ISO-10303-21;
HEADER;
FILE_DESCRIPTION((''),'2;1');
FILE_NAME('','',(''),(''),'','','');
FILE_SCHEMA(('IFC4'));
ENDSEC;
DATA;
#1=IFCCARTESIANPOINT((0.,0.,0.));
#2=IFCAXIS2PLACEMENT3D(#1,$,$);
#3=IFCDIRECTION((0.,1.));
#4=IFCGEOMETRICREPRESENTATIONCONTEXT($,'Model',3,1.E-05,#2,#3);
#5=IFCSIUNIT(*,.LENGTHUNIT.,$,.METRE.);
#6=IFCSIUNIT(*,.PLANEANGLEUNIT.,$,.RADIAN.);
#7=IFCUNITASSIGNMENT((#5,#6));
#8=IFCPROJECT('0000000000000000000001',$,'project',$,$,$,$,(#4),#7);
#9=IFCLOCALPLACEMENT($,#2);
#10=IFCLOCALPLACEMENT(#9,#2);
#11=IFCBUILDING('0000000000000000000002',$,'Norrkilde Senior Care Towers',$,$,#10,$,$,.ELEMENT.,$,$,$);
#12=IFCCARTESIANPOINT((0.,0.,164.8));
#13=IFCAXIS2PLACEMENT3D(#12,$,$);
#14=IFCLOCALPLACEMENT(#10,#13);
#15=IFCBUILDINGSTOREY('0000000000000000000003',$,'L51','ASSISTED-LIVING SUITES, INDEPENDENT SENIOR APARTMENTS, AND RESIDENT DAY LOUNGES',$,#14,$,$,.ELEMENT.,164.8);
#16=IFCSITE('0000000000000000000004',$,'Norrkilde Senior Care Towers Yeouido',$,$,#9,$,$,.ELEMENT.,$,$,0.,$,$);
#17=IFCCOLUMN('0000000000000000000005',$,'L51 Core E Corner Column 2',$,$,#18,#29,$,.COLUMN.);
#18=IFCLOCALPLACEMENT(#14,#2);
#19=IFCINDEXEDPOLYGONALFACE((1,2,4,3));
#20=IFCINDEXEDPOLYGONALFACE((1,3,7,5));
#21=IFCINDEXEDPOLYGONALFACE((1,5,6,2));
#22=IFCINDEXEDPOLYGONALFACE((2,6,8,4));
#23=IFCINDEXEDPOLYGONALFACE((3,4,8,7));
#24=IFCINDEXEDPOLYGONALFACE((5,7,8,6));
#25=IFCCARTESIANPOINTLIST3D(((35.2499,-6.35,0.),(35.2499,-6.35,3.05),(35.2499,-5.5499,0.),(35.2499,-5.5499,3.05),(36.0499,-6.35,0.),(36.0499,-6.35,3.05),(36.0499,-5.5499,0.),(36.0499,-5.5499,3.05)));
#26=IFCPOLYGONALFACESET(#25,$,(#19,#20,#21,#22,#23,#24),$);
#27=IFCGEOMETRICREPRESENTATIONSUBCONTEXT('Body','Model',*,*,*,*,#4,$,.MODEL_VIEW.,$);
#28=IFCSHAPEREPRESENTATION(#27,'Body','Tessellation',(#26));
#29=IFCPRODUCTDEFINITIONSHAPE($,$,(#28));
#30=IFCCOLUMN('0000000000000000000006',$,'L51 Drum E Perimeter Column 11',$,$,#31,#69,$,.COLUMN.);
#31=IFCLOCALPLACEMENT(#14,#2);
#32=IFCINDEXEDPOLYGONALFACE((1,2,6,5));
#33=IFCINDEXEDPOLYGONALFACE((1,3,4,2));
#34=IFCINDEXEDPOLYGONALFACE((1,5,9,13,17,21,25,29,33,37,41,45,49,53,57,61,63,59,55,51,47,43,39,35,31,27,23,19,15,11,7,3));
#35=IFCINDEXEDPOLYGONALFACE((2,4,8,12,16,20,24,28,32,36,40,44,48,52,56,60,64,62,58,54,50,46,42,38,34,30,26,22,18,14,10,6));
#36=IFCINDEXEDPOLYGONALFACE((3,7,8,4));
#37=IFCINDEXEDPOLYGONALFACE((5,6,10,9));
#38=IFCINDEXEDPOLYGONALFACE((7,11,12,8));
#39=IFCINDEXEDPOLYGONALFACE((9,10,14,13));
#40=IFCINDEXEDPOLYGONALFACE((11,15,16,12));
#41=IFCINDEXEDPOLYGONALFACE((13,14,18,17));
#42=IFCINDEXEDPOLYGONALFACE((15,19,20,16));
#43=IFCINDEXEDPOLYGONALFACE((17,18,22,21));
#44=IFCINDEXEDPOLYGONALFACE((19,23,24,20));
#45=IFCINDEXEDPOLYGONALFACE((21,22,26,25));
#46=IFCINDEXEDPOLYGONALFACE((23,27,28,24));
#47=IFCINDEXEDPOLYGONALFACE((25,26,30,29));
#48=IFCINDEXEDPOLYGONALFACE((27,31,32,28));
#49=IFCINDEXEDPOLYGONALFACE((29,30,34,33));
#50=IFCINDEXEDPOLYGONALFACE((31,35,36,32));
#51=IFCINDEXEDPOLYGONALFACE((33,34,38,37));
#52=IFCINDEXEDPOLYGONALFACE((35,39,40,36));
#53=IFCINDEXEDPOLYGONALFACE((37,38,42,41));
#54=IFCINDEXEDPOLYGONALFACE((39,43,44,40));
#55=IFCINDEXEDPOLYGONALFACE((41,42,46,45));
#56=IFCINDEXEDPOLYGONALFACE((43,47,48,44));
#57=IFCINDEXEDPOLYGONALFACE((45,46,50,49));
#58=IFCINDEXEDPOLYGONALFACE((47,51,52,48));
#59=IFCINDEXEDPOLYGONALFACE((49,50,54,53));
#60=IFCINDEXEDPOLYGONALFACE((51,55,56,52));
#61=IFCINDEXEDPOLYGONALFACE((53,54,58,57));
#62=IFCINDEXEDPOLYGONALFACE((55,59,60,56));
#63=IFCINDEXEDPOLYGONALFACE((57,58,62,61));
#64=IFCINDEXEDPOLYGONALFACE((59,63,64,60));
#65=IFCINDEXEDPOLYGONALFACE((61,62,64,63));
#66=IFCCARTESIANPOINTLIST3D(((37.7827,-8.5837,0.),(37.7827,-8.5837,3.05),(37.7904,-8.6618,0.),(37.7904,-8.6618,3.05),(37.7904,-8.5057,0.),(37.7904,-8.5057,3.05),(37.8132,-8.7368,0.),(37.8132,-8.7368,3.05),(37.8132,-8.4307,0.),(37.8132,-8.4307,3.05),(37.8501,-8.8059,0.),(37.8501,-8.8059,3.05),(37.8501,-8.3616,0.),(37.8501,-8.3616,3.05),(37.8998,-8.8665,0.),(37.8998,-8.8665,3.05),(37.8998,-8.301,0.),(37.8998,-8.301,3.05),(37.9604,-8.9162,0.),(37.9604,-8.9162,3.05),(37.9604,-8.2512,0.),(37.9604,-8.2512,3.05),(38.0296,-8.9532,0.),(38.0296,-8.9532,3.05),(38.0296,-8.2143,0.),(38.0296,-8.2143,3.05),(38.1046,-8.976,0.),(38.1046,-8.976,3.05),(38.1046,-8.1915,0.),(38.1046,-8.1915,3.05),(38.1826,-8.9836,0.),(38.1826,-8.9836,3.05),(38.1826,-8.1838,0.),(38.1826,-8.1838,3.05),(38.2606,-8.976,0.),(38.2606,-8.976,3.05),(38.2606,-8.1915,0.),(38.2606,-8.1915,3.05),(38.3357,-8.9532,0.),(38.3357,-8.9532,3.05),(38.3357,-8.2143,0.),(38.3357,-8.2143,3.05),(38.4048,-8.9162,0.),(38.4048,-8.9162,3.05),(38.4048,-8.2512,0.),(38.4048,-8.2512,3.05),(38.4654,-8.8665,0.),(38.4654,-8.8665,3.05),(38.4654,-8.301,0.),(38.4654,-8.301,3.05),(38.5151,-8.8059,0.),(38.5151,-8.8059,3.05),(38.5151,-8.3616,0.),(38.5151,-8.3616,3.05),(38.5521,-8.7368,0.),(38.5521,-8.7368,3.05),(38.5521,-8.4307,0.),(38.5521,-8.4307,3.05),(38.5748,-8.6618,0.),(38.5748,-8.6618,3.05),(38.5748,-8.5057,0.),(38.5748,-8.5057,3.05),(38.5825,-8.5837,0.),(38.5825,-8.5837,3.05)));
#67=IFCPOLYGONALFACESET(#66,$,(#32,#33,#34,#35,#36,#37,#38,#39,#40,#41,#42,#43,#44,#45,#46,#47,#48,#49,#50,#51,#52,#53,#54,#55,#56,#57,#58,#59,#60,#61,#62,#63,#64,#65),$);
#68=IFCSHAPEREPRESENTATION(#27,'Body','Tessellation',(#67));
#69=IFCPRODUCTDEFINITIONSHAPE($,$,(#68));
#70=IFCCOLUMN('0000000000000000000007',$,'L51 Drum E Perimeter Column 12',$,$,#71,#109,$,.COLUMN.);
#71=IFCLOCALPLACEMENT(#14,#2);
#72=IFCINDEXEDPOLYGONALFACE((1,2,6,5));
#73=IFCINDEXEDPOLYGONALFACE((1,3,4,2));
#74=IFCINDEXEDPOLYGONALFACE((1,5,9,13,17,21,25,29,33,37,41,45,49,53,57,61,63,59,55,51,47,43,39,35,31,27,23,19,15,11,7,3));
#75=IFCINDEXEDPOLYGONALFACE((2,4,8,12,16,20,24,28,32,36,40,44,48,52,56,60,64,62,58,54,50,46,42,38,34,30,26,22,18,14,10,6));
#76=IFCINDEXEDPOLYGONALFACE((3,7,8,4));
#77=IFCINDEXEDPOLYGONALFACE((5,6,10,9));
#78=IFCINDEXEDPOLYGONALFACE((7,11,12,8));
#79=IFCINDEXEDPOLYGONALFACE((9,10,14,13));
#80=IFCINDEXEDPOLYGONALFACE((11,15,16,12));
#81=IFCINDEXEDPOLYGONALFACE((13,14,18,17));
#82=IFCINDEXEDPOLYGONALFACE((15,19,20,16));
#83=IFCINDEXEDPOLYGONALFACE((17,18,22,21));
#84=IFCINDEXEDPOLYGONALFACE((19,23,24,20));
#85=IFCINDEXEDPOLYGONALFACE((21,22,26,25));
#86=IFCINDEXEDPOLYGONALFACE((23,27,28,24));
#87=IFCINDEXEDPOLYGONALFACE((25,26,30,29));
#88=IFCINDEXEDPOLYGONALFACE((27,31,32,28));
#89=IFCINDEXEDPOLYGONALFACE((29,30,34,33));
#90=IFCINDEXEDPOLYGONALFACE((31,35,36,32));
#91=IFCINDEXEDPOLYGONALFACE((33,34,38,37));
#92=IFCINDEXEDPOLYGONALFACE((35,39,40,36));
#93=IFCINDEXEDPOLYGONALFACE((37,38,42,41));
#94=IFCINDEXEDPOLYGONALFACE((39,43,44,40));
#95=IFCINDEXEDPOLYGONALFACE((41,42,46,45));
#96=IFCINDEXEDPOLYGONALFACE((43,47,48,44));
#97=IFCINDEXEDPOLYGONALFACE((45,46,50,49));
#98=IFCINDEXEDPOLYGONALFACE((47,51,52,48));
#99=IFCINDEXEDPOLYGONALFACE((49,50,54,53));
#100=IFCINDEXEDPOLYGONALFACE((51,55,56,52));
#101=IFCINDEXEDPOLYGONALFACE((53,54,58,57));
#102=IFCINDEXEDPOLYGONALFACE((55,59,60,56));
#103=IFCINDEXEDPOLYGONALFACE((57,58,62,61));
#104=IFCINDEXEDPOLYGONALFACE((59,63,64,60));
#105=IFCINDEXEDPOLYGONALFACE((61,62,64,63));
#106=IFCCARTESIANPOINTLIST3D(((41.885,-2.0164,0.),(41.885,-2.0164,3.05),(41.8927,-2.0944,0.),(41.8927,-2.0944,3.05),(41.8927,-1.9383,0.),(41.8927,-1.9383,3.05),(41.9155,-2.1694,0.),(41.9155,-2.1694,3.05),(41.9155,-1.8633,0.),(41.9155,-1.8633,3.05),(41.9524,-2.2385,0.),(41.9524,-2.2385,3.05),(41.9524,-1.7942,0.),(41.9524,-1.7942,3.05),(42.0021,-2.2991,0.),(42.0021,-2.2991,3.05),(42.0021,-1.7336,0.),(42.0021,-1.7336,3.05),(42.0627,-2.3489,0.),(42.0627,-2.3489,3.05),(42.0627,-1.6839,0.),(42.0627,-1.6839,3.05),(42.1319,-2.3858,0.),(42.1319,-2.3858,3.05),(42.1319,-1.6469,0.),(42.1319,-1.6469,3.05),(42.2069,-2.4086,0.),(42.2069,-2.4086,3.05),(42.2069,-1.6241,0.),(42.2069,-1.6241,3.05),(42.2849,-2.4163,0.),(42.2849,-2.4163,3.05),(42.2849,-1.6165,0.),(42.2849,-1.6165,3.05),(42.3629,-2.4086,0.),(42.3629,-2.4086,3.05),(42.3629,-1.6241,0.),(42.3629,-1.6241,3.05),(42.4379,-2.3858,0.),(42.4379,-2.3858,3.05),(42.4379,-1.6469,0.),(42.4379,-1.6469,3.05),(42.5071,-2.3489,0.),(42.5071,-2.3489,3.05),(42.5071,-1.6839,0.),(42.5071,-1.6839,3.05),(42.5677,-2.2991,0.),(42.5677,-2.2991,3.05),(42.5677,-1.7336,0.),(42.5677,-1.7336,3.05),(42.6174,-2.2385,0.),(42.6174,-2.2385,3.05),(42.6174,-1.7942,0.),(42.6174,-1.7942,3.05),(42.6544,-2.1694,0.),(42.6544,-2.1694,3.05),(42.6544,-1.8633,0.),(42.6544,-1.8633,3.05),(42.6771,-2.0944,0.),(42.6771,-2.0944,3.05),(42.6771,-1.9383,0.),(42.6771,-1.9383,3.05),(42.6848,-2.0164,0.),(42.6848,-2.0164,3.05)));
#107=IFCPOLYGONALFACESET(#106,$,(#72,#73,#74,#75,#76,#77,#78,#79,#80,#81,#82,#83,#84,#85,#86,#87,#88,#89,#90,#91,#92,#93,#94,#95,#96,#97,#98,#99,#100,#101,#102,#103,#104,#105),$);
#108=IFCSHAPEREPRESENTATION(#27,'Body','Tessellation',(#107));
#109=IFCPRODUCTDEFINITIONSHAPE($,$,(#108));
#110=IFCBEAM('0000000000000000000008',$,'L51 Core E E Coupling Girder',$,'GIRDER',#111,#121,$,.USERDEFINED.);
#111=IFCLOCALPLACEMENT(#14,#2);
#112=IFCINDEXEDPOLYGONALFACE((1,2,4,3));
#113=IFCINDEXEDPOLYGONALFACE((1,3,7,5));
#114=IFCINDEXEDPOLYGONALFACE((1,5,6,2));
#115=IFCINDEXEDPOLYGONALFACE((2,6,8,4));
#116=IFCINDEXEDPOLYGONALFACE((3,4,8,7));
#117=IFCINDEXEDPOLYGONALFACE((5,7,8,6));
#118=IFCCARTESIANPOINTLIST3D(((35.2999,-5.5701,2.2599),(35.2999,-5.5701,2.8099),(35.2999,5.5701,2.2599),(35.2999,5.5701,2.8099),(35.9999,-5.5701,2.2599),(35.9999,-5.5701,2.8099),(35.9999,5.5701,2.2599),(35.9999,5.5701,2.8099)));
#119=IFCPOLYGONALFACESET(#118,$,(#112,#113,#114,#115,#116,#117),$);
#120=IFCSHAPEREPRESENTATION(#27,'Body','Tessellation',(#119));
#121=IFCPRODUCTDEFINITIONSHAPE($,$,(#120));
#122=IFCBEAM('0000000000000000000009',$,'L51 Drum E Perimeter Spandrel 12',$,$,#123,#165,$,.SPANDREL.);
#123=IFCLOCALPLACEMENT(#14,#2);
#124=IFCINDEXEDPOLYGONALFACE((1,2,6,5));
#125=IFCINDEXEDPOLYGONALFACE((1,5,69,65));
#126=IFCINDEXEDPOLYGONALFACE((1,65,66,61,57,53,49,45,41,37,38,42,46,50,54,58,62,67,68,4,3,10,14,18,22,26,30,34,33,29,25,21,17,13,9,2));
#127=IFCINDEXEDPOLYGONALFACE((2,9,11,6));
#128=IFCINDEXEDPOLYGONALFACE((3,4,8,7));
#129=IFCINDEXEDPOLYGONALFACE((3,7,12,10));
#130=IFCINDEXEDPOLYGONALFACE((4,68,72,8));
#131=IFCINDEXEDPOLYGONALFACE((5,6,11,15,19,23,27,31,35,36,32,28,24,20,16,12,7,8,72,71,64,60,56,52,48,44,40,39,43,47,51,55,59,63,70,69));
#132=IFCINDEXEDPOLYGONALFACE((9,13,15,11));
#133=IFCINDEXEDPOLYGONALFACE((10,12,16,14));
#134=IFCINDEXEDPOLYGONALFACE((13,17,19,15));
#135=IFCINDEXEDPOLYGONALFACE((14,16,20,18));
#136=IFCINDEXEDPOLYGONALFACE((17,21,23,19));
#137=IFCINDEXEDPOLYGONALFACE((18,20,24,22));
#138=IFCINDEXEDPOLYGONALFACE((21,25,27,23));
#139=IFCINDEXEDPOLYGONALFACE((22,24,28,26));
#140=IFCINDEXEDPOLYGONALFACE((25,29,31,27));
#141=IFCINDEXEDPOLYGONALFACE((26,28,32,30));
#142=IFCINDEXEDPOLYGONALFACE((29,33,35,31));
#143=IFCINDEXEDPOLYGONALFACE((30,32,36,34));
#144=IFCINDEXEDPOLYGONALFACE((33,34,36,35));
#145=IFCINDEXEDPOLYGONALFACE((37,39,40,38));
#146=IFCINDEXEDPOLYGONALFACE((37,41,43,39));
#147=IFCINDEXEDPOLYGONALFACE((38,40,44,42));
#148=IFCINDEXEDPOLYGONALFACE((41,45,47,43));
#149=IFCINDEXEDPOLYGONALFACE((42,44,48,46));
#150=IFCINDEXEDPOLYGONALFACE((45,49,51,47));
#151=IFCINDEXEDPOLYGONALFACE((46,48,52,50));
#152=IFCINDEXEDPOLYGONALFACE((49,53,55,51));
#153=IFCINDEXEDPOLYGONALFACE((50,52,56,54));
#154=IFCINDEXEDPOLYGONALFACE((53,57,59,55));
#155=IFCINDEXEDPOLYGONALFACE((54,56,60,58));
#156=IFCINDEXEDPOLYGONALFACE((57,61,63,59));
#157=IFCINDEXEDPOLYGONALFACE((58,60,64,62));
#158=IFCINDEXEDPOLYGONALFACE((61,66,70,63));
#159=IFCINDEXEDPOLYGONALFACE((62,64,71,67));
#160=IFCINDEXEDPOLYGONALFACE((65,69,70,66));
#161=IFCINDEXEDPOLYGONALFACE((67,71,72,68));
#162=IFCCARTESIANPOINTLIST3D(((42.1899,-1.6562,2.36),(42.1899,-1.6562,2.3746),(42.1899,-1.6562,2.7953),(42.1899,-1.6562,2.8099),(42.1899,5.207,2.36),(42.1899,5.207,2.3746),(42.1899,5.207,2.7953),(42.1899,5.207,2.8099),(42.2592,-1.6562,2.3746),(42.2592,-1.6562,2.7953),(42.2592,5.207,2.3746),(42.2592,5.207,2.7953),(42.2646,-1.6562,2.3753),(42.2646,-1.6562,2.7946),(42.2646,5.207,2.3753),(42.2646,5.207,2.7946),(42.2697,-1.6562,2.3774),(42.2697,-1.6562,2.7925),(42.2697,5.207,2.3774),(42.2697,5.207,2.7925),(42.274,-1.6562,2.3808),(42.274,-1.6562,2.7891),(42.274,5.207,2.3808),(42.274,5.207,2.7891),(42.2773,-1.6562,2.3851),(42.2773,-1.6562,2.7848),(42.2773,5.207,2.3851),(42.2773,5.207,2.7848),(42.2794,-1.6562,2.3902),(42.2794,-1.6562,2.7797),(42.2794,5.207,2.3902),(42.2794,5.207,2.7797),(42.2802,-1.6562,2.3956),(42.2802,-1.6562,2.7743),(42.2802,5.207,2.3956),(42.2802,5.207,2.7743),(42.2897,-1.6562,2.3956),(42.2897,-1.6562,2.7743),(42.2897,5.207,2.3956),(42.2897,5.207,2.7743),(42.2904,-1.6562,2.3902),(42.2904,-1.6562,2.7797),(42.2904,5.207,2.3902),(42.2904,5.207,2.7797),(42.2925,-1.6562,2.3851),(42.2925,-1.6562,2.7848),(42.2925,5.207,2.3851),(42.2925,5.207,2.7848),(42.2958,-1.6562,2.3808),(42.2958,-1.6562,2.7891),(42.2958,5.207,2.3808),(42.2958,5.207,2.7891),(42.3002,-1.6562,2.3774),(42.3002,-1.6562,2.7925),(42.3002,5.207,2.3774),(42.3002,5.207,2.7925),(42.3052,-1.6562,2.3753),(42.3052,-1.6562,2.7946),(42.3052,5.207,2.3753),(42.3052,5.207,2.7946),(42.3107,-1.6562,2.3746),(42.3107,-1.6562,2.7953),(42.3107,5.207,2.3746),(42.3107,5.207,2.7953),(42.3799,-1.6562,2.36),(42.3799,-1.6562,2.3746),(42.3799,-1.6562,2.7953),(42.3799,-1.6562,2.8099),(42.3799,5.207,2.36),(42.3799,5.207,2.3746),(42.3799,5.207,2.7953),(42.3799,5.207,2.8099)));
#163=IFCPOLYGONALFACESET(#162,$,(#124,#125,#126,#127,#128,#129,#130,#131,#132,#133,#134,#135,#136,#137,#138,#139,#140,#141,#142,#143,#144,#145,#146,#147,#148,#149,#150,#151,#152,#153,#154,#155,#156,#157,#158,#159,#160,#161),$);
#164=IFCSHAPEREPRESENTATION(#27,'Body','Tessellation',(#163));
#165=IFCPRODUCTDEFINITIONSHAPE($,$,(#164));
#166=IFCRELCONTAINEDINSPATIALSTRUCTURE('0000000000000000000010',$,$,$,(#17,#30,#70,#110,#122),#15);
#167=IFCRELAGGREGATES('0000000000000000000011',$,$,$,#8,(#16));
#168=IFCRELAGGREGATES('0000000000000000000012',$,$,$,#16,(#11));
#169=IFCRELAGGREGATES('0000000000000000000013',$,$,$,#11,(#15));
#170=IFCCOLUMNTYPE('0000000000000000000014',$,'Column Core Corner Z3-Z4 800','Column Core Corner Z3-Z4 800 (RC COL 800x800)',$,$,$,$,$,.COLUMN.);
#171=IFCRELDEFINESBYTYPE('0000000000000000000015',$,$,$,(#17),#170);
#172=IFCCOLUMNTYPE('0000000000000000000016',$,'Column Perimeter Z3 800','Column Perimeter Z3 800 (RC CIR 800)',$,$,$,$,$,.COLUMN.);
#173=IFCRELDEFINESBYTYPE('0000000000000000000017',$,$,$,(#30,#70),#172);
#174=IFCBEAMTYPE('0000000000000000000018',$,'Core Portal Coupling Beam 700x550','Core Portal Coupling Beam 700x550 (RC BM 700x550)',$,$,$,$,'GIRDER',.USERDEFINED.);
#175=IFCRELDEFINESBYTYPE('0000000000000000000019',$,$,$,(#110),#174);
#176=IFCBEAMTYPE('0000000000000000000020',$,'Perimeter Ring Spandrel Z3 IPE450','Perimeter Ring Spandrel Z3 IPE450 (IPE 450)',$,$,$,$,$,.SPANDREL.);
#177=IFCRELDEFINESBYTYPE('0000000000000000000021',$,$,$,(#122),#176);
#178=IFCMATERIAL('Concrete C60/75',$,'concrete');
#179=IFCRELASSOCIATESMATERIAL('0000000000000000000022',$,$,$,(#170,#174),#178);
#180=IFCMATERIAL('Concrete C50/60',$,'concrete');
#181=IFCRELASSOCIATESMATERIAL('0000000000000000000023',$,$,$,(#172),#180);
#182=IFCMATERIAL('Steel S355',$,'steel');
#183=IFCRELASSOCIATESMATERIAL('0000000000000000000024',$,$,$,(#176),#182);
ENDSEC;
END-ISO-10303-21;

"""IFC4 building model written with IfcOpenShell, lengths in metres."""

from ifc_helpers import new_model, si_unit, direction, frame, origin, origin_2d, place, context, subcontext, project, spatial, rectangle, circle, i_section, extrude, source, transform, mapped, material, material_profile, profile_set, type_object, type_shapes, element, save


model = new_model("IFC4")

# Units and contexts
model_context = context("Model", 3, precision=1e-05, world=origin(), true_north=direction((0.0, 1.0)))
body_context = subcontext(model_context, "Body", "Model", "MODEL_VIEW")
ifc_project = project(units=[si_unit("LENGTHUNIT", "METRE"), si_unit("PLANEANGLEUNIT", "RADIAN")], contexts=[model_context])

# Site, building, storey
site_placement = place(None, origin())
site = spatial("IfcSite", under=ifc_project, at=site_placement, Name="Norrkilde Senior Care Towers Yeouido", CompositionType="ELEMENT", RefElevation=0.0)
building_placement = place(site_placement, origin())
building = spatial("IfcBuilding", under=site, at=building_placement, Name="Norrkilde Senior Care Towers", CompositionType="ELEMENT")
storey_placement = place(building_placement, frame((0.0, 0.0, 164.8)))
storey = spatial("IfcBuildingStorey", under=building, at=storey_placement, Name="L51", Description="ASSISTED-LIVING SUITES, INDEPENDENT SENIOR APARTMENTS, AND RESIDENT DAY LOUNGES", CompositionType="ELEMENT", Elevation=164.8)

# Columns
ifc_material_1 = material(Name="Concrete C60/75", Category="concrete")
ifc_material_profile_1 = material_profile(ifc_material_1, rectangle(XDim=0.8, YDim=0.8, at=origin_2d()), Name="RC COL 800x800")
ifc_profile_set_1 = profile_set([ifc_material_profile_1], Name="Concrete C60/75")
column_type_1 = type_object("IfcColumnType", Name="Column Core Corner Z3-Z4 800", Description="Column Core Corner Z3-Z4 800 (RC COL 800x800)", PredefinedType="COLUMN", material=ifc_profile_set_1)
shared_shape_1 = source(origin(), body_context, "Body", "SweptSolid", [
    extrude(rectangle(XDim=0.8, YDim=0.8, at=origin_2d()), origin(), (0.0, 0.0, 1.0), 3.05),
])
type_shapes(column_type_1, [shared_shape_1])
column_placement = place(storey_placement, frame((35.6499, -5.95, 0.0), z_axis=(0.0, 0.0, 1.0), x_axis=(1.0, 0.0, 0.0)))
element("IfcColumn", 1, at=column_placement, inside=storey, type_object=column_type_1, Name="L51 Core E Corner Column 2", PredefinedType="COLUMN", context=body_context, shape_type="MappedRepresentation", body=[
    mapped(shared_shape_1, transform((0.0, 0.0, 0.0), x_axis=(1.0, 0.0, 0.0), y_axis=(0.0, 1.0, 0.0), z_axis=(0.0, 0.0, 1.0), scale=1.0)),
])
ifc_material_2 = material(Name="Concrete C50/60", Category="concrete")
ifc_material_profile_2 = material_profile(ifc_material_2, circle(Radius=0.3999, at=origin_2d()), Name="RC CIR 800")
ifc_profile_set_2 = profile_set([ifc_material_profile_2], Name="Concrete C50/60")
column_type_2 = type_object("IfcColumnType", Name="Column Perimeter Z3 800", Description="Column Perimeter Z3 800 (RC CIR 800)", PredefinedType="COLUMN", material=ifc_profile_set_2)
shared_shape_2 = source(origin(), body_context, "Body", "SweptSolid", [
    extrude(circle(Radius=0.3999, at=origin_2d()), origin(), (0.0, 0.0, 1.0), 3.05),
])
type_shapes(column_type_2, [shared_shape_2])
for number, where, z_axis, x_axis, name in (
    (2, (38.1826, -8.5837, 0.0), (0.0, 0.0, 1.0), (1.0, 0.0, 0.0), "L51 Drum E Perimeter Column 11"),
    (3, (42.2849, -2.0164, 0.0), (0.0, 0.0, 1.0), (1.0, 0.0, 0.0), "L51 Drum E Perimeter Column 12"),
):
    element("IfcColumn", number, at=place(storey_placement, frame(where, z_axis=z_axis, x_axis=x_axis)), inside=storey, type_object=column_type_2, Name=name, PredefinedType="COLUMN", context=body_context, shape_type="MappedRepresentation", body=[
        mapped(shared_shape_2, transform((0.0, 0.0, 0.0), x_axis=(1.0, 0.0, 0.0), y_axis=(0.0, 1.0, 0.0), z_axis=(0.0, 0.0, 1.0), scale=1.0)),
    ])

# Beams
ifc_material_profile_3 = material_profile(ifc_material_1, rectangle(XDim=0.7, YDim=0.55, at=origin_2d()), Name="RC BM 700x550")
ifc_profile_set_3 = profile_set([ifc_material_profile_3], Name="Concrete C60/75")
beam_type_1 = type_object("IfcBeamType", Name="Core Portal Coupling Beam 700x550", Description="Core Portal Coupling Beam 700x550 (RC BM 700x550)", ElementType="GIRDER", PredefinedType="USERDEFINED", material=ifc_profile_set_3)
shared_shape_3 = source(origin(), body_context, "Body", "SweptSolid", [
    extrude(rectangle(XDim=0.7, YDim=0.55, at=origin_2d()), origin(), (0.0, 0.0, 1.0), 11.1401),
])
type_shapes(beam_type_1, [shared_shape_3])
beam_1_placement = place(storey_placement, frame((35.6499, -5.5701, 2.5349), z_axis=(0.0, 1.0, 0.0), x_axis=(-1.0, 0.0, 0.0)))
element("IfcBeam", 4, at=beam_1_placement, inside=storey, type_object=beam_type_1, Name="L51 Core E E Coupling Girder", ObjectType="GIRDER", PredefinedType="USERDEFINED", context=body_context, shape_type="MappedRepresentation", body=[
    mapped(shared_shape_3, transform((0.0, 0.0, 0.0), x_axis=(1.0, 0.0, 0.0), y_axis=(0.0, 1.0, 0.0), z_axis=(0.0, 0.0, 1.0), scale=1.0)),
])
ifc_material_3 = material(Name="Steel S355", Category="steel")
ifc_material_profile_4 = material_profile(ifc_material_3, i_section(OverallWidth=0.1899, OverallDepth=0.45, WebThickness=0.0095, FlangeThickness=0.0146, FilletRadius=0.021, at=origin_2d()), Name="IPE 450")
ifc_profile_set_4 = profile_set([ifc_material_profile_4], Name="Steel S355")
beam_type_2 = type_object("IfcBeamType", Name="Perimeter Ring Spandrel Z3 IPE450", Description="Perimeter Ring Spandrel Z3 IPE450 (IPE 450)", PredefinedType="SPANDREL", material=ifc_profile_set_4)
shared_shape_4 = source(origin(), body_context, "Body", "SweptSolid", [
    extrude(i_section(OverallWidth=0.1899, OverallDepth=0.45, WebThickness=0.0095, FlangeThickness=0.0146, FilletRadius=0.021, at=origin_2d()), origin(), (0.0, 0.0, 1.0), 6.8633),
])
beam_2_placement = place(storey_placement, frame((42.2849, -1.6562, 2.585), z_axis=(0.0, 1.0, 0.0), x_axis=(-1.0, 0.0, 0.0)))
element("IfcBeam", 5, at=beam_2_placement, inside=storey, type_object=beam_type_2, Name="L51 Drum E Perimeter Spandrel 12", PredefinedType="SPANDREL", context=body_context, shape_type="MappedRepresentation", body=[
    mapped(shared_shape_4, transform((0.0, 0.0, 0.0), x_axis=(1.0, 0.0, 0.0), y_axis=(0.0, 1.0, 0.0), z_axis=(0.0, 0.0, 1.0), scale=1.0)),
])

save(model, "model.ifc")
